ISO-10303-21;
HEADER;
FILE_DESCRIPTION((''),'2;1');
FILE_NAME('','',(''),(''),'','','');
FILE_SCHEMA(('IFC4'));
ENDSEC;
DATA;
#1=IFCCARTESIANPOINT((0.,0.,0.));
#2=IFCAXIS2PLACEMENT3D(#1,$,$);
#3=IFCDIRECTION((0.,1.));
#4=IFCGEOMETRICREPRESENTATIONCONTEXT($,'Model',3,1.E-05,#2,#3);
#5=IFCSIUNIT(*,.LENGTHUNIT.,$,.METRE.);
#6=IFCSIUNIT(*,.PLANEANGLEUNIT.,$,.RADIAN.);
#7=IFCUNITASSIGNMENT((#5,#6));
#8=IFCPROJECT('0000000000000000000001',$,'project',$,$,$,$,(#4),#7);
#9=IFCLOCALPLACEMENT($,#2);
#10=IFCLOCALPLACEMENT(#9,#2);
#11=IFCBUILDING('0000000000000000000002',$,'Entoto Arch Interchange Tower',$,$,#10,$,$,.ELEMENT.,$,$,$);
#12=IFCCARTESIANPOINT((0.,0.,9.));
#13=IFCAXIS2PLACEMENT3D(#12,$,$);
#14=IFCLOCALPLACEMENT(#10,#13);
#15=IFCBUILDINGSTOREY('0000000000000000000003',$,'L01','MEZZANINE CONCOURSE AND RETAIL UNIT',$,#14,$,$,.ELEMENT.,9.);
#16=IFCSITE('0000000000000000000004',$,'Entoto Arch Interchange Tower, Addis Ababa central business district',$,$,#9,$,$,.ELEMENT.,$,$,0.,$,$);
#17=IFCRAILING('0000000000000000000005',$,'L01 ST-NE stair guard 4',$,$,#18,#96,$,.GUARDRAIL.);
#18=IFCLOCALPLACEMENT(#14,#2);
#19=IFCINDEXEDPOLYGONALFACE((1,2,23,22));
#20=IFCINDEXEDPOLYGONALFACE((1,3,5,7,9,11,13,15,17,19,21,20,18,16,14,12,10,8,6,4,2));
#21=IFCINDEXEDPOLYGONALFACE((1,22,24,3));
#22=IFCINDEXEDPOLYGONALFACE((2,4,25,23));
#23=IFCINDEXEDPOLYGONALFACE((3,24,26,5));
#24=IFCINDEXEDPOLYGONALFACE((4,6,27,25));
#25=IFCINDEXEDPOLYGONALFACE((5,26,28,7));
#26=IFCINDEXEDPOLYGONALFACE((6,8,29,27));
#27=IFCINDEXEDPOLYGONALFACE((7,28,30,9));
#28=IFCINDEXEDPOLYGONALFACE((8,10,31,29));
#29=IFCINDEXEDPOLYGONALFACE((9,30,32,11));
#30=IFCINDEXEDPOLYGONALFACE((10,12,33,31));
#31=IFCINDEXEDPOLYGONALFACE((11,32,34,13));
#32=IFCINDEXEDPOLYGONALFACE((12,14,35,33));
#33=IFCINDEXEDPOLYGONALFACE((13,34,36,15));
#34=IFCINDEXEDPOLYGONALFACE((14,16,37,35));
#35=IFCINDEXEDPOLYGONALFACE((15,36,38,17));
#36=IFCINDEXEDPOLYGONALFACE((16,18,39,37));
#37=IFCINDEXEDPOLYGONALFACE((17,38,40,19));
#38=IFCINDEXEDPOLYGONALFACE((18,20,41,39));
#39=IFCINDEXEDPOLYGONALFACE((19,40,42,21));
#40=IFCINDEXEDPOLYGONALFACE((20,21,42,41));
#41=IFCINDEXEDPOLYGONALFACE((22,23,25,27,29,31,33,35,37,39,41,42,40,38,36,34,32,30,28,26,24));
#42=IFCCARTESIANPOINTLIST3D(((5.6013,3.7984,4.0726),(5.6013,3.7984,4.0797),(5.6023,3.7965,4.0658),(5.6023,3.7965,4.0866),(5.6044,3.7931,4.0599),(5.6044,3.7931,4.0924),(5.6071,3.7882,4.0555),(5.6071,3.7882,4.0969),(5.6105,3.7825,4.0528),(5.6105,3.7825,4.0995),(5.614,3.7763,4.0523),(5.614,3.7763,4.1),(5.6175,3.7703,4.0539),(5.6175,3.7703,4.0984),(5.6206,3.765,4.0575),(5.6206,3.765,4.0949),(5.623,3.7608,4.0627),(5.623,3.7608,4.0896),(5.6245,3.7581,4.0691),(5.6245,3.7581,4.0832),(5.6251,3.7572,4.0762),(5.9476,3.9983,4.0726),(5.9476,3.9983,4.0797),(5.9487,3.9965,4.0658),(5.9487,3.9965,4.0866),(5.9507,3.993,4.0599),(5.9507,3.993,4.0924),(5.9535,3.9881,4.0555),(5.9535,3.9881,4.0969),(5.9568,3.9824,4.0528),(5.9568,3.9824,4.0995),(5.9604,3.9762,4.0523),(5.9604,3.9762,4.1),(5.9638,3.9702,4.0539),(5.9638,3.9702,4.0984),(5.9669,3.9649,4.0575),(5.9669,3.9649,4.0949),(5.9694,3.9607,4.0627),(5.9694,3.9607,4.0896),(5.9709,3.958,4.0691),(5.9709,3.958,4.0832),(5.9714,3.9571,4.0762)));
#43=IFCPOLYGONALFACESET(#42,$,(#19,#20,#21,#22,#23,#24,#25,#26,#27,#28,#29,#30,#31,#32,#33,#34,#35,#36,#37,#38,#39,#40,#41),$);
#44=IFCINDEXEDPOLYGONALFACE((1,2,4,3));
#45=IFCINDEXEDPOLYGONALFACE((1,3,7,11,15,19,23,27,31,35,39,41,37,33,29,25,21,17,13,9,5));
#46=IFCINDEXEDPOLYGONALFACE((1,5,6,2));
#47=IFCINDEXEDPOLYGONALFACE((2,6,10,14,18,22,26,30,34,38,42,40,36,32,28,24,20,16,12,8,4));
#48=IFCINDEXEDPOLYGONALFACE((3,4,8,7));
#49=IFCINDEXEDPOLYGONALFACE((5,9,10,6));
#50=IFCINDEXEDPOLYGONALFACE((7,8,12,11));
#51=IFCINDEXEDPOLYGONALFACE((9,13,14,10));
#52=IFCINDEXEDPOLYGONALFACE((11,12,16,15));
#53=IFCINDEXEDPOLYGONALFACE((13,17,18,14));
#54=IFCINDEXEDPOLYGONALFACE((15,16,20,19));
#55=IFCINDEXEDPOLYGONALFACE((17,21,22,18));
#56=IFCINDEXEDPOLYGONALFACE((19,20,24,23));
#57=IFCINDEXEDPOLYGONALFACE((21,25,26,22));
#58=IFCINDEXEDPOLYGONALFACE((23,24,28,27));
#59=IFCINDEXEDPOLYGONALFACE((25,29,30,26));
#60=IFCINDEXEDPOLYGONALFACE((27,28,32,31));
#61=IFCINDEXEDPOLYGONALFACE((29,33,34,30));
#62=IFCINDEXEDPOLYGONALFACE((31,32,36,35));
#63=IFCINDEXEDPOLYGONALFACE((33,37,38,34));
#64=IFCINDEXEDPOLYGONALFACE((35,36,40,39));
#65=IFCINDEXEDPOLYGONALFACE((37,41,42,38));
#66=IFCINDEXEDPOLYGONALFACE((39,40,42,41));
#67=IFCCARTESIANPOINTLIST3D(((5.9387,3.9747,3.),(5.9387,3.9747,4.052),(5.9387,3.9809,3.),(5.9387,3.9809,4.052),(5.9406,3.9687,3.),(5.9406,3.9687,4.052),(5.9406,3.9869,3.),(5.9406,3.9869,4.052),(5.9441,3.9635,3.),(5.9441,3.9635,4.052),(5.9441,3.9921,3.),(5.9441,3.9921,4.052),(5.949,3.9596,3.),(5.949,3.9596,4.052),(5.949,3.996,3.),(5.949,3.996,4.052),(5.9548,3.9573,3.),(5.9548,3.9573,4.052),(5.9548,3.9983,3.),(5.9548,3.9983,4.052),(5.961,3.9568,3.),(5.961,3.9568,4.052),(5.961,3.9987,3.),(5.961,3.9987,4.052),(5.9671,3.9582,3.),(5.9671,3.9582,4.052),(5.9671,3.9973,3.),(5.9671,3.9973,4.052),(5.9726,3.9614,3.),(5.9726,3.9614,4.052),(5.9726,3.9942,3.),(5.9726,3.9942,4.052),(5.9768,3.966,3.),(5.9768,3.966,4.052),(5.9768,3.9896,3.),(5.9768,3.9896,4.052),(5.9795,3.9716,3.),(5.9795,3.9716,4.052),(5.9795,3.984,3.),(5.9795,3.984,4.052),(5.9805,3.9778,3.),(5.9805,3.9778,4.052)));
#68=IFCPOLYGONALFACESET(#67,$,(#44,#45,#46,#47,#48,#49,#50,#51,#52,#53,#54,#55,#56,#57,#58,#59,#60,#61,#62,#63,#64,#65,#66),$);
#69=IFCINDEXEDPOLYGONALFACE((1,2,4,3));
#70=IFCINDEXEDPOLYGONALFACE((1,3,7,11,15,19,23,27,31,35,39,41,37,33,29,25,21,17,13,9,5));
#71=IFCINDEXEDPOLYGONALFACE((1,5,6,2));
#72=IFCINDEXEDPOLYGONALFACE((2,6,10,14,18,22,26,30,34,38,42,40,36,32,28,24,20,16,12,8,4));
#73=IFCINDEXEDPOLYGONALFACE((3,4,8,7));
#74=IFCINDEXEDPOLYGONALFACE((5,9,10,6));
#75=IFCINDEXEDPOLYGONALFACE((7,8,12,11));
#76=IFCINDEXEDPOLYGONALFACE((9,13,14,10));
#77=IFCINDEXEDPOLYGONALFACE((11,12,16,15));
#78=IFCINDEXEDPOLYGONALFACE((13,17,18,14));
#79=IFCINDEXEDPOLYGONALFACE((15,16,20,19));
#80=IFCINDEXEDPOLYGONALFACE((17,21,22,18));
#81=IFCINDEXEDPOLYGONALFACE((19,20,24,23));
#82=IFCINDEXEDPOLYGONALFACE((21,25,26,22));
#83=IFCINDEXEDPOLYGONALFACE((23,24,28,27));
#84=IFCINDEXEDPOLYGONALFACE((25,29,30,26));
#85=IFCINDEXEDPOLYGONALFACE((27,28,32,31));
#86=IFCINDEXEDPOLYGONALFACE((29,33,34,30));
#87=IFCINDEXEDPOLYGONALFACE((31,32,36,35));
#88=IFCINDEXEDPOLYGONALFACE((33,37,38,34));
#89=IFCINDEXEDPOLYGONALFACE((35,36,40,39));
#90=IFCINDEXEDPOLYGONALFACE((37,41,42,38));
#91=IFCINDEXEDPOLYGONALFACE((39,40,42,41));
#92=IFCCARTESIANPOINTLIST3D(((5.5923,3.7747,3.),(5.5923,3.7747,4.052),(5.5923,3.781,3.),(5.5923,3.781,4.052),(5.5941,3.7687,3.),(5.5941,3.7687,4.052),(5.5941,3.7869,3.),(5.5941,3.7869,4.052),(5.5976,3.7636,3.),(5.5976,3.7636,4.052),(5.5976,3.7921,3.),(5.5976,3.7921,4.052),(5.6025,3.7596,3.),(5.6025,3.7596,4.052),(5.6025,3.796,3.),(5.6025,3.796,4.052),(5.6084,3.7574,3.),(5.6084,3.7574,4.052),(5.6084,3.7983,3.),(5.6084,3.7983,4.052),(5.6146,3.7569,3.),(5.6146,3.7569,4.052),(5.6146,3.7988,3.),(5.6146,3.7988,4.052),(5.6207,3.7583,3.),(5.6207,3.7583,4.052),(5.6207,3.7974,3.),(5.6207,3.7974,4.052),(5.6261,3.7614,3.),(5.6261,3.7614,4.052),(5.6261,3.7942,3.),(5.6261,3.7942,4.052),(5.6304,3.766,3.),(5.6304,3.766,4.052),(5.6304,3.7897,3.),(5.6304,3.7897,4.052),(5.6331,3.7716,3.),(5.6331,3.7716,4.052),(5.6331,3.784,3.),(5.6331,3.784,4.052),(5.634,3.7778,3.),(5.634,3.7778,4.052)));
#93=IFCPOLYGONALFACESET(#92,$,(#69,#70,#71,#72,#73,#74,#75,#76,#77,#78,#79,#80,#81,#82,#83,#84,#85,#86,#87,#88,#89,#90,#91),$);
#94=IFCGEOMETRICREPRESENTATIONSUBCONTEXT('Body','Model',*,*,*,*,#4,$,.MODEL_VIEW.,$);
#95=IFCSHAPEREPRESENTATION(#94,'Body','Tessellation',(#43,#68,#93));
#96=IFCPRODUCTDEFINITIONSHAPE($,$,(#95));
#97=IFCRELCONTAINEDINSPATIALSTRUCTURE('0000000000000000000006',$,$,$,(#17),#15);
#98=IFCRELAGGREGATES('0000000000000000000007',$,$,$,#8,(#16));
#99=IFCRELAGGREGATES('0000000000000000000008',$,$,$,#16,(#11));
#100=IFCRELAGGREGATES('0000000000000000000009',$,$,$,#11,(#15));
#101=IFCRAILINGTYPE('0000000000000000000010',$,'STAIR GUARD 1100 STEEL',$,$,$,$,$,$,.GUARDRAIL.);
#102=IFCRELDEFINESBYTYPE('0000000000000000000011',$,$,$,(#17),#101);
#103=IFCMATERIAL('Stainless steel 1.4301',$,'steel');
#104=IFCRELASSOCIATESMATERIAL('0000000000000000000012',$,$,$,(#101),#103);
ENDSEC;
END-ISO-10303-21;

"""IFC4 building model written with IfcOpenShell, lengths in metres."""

from ifc_helpers import new_model, si_unit, direction, frame, origin, origin_2d, place, context, subcontext, project, spatial, circle, extrude, material, type_object, element, save


model = new_model("IFC4")

# Units and contexts
model_context = context("Model", 3, precision=1e-05, world=origin(), true_north=direction((0.0, 1.0)))
body_context = subcontext(model_context, "Body", "Model", "MODEL_VIEW")
ifc_project = project(units=[si_unit("LENGTHUNIT", "METRE"), si_unit("PLANEANGLEUNIT", "RADIAN")], contexts=[model_context])

# Site, building, storey
site_placement = place(None, origin())
site = spatial("IfcSite", under=ifc_project, at=site_placement, Name="Entoto Arch Interchange Tower, Addis Ababa central business district", CompositionType="ELEMENT", RefElevation=0.0)
building_placement = place(site_placement, origin())
building = spatial("IfcBuilding", under=site, at=building_placement, Name="Entoto Arch Interchange Tower", CompositionType="ELEMENT")
storey_placement = place(building_placement, frame((0.0, 0.0, 9.0)))
storey = spatial("IfcBuildingStorey", under=building, at=storey_placement, Name="L01", Description="MEZZANINE CONCOURSE AND RETAIL UNIT", CompositionType="ELEMENT", Elevation=9.0)

# Railing
ifc_material_1 = material(Name="Stainless steel 1.4301", Category="steel")
railing_type_1 = type_object("IfcRailingType", Name="STAIR GUARD 1100 STEEL", PredefinedType="GUARDRAIL", material=ifc_material_1)
railing_1_placement = place(storey_placement, frame((5.9595, 3.9778, 3.0)))
element("IfcRailing", 1, at=railing_1_placement, inside=storey, type_object=railing_type_1, Name="L01 ST-NE stair guard 4", PredefinedType="GUARDRAIL", context=body_context, shape_type="SweptSolid", body=[
    extrude(circle(Radius=0.0239, at=origin_2d()), frame((0.0, 0.0, 1.0762), z_axis=(-0.866094, -0.499881, 0.0), x_axis=(0.499881, -0.866094, 0.0)), (0.0, 0.0, 1.0), 0.3999),
    extrude(circle(Radius=0.021, at=origin_2d()), origin(), (0.0, 0.0, 1.0), 1.052),
    extrude(circle(Radius=0.021, at=origin_2d()), frame((-0.3464, -0.2, 0.0)), (0.0, 0.0, 1.0), 1.052),
])

save(model, "model.ifc")
